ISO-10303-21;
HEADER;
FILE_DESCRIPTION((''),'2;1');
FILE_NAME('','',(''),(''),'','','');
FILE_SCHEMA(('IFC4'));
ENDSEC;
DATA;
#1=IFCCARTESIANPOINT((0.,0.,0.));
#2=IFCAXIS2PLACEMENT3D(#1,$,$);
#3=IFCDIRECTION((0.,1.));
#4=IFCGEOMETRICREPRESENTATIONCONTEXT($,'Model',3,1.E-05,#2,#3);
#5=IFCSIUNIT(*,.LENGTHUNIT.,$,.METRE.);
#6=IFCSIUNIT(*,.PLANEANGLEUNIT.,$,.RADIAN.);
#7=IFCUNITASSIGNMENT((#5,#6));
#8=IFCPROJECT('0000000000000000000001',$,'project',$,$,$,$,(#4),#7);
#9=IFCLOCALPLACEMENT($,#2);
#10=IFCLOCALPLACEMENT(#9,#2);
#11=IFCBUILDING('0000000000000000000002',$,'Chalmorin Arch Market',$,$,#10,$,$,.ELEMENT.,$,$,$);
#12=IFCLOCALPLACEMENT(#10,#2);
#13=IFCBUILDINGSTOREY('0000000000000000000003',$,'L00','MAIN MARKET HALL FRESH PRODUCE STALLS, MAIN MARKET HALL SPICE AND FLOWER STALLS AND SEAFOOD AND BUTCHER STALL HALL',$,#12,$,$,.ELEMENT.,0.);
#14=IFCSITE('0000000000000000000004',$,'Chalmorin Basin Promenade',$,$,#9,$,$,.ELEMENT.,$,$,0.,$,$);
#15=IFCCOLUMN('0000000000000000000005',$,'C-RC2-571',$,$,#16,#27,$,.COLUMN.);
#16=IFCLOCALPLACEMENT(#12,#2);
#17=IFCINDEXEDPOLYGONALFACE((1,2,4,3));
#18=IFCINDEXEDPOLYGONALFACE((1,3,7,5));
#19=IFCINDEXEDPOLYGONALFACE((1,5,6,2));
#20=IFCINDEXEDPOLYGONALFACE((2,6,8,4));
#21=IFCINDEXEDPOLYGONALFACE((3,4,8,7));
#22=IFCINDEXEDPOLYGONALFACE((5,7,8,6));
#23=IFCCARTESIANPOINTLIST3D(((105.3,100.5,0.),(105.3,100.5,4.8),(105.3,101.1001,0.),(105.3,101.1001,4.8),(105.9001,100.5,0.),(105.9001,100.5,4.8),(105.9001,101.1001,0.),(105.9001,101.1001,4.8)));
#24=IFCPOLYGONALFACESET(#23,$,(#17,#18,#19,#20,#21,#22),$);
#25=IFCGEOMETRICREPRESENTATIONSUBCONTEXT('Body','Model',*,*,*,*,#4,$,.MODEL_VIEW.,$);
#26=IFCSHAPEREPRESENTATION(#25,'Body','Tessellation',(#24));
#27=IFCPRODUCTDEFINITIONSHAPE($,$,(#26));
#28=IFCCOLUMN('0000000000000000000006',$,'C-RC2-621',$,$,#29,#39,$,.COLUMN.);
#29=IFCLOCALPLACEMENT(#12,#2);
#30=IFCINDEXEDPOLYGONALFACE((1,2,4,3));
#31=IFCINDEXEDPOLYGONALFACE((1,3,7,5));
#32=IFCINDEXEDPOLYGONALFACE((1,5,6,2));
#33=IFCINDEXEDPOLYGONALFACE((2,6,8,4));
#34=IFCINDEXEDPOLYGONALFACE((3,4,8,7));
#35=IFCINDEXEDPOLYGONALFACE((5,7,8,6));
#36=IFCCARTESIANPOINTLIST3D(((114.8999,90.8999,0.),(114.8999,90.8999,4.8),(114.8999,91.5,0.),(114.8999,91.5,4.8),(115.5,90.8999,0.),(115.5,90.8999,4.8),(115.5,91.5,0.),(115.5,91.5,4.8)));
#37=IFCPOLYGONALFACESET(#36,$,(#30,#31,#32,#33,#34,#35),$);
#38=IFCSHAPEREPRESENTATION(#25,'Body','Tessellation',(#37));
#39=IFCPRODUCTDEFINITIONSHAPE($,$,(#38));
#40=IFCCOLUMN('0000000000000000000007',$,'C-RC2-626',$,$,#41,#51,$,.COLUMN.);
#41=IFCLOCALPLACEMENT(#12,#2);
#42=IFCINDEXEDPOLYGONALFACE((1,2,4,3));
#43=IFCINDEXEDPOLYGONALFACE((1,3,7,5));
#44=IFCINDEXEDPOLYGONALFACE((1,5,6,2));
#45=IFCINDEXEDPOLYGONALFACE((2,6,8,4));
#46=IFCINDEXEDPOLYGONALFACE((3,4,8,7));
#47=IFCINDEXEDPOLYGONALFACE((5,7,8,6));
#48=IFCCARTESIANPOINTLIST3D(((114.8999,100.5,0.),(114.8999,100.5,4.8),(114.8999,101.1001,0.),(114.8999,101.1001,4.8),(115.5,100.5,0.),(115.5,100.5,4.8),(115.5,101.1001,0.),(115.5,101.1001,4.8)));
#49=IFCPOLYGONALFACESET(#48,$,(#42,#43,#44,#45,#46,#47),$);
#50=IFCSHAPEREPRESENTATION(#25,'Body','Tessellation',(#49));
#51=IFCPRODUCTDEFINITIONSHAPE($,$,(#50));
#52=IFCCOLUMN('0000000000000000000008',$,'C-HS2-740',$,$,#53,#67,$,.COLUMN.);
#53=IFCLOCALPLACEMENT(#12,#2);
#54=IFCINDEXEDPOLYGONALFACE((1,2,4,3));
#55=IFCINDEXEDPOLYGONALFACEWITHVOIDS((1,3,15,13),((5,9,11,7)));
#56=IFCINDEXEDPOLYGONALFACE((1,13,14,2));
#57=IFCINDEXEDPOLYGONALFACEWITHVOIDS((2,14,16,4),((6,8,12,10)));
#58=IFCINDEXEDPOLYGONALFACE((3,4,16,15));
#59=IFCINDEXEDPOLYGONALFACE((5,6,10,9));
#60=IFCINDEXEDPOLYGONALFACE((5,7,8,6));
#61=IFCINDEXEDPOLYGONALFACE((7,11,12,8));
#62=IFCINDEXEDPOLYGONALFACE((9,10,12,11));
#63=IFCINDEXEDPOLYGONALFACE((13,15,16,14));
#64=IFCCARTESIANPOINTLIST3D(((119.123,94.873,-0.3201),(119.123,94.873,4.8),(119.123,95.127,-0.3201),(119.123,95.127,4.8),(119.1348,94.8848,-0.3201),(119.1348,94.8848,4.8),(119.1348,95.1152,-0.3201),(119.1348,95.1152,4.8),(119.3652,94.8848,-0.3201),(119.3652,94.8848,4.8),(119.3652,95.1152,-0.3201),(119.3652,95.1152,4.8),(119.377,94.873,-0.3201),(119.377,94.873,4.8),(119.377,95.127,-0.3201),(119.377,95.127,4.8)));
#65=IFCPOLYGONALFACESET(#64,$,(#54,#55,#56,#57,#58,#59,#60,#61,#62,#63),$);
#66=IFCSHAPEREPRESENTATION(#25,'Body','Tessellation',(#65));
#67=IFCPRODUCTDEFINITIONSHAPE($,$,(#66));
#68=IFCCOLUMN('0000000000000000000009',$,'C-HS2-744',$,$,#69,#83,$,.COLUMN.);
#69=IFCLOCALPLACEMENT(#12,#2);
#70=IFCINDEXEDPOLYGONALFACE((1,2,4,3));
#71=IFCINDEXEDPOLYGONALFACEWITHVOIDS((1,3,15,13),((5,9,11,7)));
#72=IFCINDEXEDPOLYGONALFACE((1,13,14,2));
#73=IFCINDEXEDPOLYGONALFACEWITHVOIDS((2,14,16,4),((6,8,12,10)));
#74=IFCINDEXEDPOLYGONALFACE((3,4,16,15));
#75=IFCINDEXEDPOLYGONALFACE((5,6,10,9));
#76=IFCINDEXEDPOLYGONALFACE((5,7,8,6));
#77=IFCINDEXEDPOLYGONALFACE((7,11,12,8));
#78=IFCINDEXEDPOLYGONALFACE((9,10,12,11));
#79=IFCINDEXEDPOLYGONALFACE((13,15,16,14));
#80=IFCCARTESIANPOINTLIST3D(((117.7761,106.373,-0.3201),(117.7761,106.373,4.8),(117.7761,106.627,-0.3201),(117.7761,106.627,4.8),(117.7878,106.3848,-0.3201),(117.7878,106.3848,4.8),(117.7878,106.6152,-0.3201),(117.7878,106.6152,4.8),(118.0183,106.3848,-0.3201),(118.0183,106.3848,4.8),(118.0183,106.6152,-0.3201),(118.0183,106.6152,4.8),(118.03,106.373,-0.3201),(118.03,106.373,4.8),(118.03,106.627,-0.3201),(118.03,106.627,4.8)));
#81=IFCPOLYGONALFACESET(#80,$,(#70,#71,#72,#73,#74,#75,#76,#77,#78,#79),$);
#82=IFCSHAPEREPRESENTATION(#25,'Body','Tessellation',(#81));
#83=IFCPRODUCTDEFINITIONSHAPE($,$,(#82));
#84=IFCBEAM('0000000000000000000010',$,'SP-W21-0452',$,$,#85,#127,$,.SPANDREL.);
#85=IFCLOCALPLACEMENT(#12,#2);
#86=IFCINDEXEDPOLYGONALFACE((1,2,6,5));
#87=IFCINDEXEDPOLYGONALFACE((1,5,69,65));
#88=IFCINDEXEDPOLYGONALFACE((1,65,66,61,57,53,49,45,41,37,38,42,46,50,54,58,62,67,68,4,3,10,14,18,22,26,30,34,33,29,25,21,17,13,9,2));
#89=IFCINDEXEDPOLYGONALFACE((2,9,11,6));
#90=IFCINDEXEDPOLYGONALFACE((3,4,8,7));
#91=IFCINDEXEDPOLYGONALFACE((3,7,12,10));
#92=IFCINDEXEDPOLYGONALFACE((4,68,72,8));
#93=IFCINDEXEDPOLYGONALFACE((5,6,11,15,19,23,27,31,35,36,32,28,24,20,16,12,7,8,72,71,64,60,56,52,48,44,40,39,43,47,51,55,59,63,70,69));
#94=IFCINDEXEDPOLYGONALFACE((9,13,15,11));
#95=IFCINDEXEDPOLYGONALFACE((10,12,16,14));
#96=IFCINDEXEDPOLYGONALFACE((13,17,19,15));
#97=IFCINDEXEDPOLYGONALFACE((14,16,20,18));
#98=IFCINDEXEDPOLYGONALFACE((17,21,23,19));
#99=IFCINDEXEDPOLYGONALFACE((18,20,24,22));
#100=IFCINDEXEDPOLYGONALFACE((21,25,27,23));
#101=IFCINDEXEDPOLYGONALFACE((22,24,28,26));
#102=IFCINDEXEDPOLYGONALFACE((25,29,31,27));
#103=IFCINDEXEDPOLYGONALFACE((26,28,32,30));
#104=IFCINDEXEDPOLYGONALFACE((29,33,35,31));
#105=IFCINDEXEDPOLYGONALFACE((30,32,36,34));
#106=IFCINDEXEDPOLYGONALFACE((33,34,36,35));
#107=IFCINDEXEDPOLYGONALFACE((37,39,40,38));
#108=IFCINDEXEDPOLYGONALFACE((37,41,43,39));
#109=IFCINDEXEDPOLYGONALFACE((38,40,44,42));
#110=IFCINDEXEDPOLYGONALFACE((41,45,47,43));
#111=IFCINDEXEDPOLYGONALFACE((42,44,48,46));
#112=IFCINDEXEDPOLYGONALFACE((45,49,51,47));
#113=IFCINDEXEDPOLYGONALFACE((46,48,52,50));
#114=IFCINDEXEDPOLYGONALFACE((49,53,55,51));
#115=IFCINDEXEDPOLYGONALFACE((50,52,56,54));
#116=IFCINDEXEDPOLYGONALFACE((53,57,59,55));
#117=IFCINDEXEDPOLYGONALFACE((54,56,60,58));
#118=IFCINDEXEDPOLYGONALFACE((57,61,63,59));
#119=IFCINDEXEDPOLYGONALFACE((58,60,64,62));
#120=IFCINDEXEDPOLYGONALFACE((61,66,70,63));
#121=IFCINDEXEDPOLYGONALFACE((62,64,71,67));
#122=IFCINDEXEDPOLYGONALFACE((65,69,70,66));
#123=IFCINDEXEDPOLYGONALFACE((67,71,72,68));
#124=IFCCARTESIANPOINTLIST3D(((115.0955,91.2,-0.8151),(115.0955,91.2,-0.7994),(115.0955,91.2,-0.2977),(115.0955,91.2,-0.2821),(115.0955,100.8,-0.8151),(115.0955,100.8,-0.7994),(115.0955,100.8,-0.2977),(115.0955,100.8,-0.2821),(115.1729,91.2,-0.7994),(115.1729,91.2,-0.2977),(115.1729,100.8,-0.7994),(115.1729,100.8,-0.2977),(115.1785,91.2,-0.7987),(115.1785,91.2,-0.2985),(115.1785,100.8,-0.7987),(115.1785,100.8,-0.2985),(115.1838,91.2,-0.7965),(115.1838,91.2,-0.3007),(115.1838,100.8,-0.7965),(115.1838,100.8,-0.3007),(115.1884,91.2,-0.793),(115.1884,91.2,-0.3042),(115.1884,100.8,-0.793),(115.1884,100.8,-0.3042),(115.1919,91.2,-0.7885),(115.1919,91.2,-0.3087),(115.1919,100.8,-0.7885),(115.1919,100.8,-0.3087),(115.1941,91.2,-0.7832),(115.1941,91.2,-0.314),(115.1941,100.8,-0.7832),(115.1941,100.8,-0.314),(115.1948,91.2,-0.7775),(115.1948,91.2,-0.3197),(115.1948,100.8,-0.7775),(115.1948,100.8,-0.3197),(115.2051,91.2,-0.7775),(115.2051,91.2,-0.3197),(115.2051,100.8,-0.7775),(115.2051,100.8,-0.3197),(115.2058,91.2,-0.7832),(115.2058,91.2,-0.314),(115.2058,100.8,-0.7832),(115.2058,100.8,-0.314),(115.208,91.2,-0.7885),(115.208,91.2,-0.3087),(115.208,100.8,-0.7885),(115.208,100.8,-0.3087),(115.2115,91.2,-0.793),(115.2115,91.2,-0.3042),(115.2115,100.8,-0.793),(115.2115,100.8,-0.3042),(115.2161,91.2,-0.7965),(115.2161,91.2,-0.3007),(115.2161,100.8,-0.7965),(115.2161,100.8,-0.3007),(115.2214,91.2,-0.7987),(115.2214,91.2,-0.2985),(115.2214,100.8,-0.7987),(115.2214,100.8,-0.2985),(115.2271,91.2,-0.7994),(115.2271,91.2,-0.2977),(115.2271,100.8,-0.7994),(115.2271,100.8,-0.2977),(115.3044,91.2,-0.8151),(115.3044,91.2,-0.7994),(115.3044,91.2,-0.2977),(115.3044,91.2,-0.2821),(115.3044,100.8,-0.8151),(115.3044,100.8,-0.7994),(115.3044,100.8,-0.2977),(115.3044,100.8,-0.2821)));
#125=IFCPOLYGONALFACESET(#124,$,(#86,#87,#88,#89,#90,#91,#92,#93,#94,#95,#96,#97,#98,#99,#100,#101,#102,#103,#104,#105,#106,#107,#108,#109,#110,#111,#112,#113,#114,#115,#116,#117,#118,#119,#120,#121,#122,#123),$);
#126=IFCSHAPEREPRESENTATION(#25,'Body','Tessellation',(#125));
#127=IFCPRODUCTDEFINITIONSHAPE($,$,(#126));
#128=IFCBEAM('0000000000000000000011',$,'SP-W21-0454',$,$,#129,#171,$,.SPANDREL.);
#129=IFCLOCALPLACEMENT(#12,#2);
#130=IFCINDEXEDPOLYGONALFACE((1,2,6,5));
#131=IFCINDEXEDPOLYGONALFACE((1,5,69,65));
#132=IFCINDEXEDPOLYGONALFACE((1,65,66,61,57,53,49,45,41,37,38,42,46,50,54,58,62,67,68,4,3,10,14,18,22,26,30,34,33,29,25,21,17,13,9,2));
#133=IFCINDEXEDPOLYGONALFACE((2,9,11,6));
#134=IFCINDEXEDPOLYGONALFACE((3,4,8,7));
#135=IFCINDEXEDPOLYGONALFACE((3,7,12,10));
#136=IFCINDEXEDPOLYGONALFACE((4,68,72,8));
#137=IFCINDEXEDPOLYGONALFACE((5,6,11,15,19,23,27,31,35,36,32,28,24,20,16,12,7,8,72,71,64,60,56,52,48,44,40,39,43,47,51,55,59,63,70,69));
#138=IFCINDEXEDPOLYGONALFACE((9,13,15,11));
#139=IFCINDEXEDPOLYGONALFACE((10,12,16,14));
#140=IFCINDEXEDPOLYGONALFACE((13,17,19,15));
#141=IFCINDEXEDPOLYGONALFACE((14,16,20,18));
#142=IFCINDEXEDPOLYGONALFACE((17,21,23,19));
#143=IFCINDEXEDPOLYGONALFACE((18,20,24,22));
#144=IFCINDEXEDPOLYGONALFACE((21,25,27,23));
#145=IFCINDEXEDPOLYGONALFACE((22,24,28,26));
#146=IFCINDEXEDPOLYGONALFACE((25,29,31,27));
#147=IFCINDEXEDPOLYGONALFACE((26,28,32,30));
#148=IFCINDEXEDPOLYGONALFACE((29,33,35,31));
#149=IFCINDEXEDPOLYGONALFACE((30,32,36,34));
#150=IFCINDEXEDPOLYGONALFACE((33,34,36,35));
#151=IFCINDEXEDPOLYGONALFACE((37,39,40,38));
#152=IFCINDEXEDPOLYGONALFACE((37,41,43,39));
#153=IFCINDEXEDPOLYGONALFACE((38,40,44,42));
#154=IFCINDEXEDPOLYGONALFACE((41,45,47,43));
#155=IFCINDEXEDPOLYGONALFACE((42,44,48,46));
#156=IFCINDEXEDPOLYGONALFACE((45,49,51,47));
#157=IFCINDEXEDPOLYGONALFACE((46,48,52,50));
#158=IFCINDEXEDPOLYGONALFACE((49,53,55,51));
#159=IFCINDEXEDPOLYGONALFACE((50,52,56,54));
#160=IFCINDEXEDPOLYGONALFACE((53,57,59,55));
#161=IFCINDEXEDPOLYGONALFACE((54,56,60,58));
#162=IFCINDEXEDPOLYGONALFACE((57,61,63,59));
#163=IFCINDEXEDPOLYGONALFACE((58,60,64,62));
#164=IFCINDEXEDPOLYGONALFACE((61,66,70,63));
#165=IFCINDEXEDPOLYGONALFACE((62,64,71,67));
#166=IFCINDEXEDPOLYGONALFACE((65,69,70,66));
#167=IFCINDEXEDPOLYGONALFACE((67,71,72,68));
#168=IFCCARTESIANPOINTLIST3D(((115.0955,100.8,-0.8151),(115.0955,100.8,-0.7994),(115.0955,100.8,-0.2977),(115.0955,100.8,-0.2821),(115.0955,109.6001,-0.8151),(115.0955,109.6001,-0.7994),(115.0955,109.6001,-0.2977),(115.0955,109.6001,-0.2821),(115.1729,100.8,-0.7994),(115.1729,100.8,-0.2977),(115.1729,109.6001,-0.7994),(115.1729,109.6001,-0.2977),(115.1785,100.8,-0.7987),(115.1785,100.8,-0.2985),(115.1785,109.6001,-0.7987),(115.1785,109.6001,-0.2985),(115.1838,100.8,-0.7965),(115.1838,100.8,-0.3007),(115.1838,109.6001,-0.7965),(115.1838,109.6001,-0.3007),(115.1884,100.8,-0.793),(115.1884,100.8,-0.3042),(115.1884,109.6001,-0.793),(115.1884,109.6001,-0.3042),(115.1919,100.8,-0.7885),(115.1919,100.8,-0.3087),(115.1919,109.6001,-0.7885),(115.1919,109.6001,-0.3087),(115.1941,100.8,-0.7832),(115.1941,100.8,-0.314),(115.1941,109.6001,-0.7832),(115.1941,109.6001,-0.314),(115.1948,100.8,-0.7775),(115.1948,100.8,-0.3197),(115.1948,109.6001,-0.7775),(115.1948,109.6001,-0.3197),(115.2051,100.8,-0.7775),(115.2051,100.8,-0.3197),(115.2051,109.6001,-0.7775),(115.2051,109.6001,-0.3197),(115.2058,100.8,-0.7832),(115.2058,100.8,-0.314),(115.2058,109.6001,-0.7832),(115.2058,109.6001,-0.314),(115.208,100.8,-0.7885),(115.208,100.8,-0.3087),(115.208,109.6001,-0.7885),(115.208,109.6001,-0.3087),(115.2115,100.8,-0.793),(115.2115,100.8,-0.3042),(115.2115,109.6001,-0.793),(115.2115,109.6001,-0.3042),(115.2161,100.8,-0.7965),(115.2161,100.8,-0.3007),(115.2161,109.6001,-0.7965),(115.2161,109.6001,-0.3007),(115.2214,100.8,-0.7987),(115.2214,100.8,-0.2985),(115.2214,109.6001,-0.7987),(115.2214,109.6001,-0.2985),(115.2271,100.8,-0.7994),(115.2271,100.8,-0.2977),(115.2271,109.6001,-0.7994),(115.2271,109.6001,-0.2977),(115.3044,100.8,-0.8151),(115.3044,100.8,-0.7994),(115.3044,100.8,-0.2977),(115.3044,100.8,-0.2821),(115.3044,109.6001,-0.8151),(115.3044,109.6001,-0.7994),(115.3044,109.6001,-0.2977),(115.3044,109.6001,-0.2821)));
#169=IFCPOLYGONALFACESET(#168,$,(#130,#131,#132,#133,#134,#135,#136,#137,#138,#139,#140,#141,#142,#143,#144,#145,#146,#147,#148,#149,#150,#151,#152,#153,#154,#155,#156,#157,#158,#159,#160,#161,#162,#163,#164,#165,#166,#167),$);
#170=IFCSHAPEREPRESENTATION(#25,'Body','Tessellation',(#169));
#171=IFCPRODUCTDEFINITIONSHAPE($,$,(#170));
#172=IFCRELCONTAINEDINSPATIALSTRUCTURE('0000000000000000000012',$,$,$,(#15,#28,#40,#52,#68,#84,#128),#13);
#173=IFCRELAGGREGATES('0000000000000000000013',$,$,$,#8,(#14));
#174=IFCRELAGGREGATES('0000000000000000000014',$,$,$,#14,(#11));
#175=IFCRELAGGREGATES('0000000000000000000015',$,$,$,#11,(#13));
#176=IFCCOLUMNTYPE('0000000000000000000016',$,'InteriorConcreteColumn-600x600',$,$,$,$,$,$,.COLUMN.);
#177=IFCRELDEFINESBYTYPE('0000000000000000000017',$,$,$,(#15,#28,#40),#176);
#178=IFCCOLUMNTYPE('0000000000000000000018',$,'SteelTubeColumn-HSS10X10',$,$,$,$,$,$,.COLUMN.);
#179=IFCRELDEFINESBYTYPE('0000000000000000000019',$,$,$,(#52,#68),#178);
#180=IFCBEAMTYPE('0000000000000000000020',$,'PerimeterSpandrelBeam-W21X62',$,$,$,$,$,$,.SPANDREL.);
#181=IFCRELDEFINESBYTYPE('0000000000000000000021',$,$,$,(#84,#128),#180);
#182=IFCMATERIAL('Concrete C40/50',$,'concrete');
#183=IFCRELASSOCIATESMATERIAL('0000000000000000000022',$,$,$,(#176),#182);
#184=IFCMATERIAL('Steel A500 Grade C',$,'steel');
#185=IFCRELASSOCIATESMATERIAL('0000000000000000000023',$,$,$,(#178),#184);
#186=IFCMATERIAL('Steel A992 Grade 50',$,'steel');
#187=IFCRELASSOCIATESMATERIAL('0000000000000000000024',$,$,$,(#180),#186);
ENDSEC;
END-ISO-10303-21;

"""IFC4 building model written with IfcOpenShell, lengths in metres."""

from ifc_helpers import new_model, si_unit, direction, frame, origin, origin_2d, place, context, subcontext, project, spatial, rectangle, hollow_rectangle, i_section, extrude, material, material_profile, profile_set, type_object, element, save


model = new_model("IFC4")

# Units and contexts
model_context = context("Model", 3, precision=1e-05, world=origin(), true_north=direction((0.0, 1.0)))
body_context = subcontext(model_context, "Body", "Model", "MODEL_VIEW")
ifc_project = project(units=[si_unit("LENGTHUNIT", "METRE"), si_unit("PLANEANGLEUNIT", "RADIAN")], contexts=[model_context])

# Site, building, storey
site_placement = place(None, origin())
site = spatial("IfcSite", under=ifc_project, at=site_placement, Name="Chalmorin Basin Promenade", CompositionType="ELEMENT", RefElevation=0.0)
building_placement = place(site_placement, origin())
building = spatial("IfcBuilding", under=site, at=building_placement, Name="Chalmorin Arch Market", CompositionType="ELEMENT")
storey_placement = place(building_placement, origin())
storey = spatial("IfcBuildingStorey", under=building, at=storey_placement, Name="L00", Description="MAIN MARKET HALL FRESH PRODUCE STALLS, MAIN MARKET HALL SPICE AND FLOWER STALLS AND SEAFOOD AND BUTCHER STALL HALL", CompositionType="ELEMENT", Elevation=0.0)

# Columns
ifc_material_1 = material(Name="Concrete C40/50", Category="concrete")
ifc_material_profile_1 = material_profile(ifc_material_1, rectangle(XDim=0.6001, YDim=0.6001, at=origin_2d()), Name="RC600X600")
ifc_profile_set_1 = profile_set([ifc_material_profile_1], Name="Concrete C40/50")
column_type_1 = type_object("IfcColumnType", Name="InteriorConcreteColumn-600x600", PredefinedType="COLUMN", material=ifc_profile_set_1)
for number, where, z_axis, x_axis, name in (
    (1, (105.6001, 100.8, 0.0), (0.0, 0.0, 1.0), (1.0, 0.0, 0.0), "C-RC2-571"),
    (2, (115.2, 91.2, 0.0), (0.0, 0.0, 1.0), (1.0, 0.0, 0.0), "C-RC2-621"),
    (3, (115.2, 100.8, 0.0), (0.0, 0.0, 1.0), (1.0, 0.0, 0.0), "C-RC2-626"),
):
    element("IfcColumn", number, at=place(storey_placement, frame(where, z_axis=z_axis, x_axis=x_axis)), inside=storey, type_object=column_type_1, Name=name, PredefinedType="COLUMN", context=body_context, shape_type="SweptSolid", body=[
        extrude(rectangle(XDim=0.6001, YDim=0.6001, at=origin_2d()), origin(), (0.0, 0.0, 1.0), 4.8),
    ])
ifc_material_2 = material(Name="Steel A500 Grade C", Category="steel")
ifc_material_profile_2 = material_profile(ifc_material_2, hollow_rectangle(XDim=0.2539, YDim=0.2539, WallThickness=0.0117, at=origin_2d()), Name="HSS10X10X1/2")
ifc_profile_set_2 = profile_set([ifc_material_profile_2], Name="Steel A500 Grade C")
column_type_2 = type_object("IfcColumnType", Name="SteelTubeColumn-HSS10X10", PredefinedType="COLUMN", material=ifc_profile_set_2)
for number, where, z_axis, x_axis, name in (
    (4, (119.25, 95.0, -0.3201), (0.0, 0.0, 1.0), (1.0, 0.0, 0.0), "C-HS2-740"),
    (5, (117.9031, 106.5, -0.3201), (0.0, 0.0, 1.0), (1.0, 0.0, 0.0), "C-HS2-744"),
):
    element("IfcColumn", number, at=place(storey_placement, frame(where, z_axis=z_axis, x_axis=x_axis)), inside=storey, type_object=column_type_2, Name=name, PredefinedType="COLUMN", context=body_context, shape_type="SweptSolid", body=[
        extrude(hollow_rectangle(XDim=0.2539, YDim=0.2539, WallThickness=0.0117, at=origin_2d()), origin(), (0.0, 0.0, 1.0), 5.1201),
    ])

# Beams
ifc_material_3 = material(Name="Steel A992 Grade 50", Category="steel")
ifc_material_profile_3 = material_profile(ifc_material_3, i_section(OverallWidth=0.209, OverallDepth=0.533, WebThickness=0.0103, FlangeThickness=0.0156, FilletRadius=0.022, at=origin_2d()), Name="W21X62")
ifc_profile_set_3 = profile_set([ifc_material_profile_3], Name="Steel A992 Grade 50")
beam_type_1 = type_object("IfcBeamType", Name="PerimeterSpandrelBeam-W21X62", PredefinedType="SPANDREL", material=ifc_profile_set_3)
beam_1_placement = place(storey_placement, frame((115.2, 91.2, -0.5486), z_axis=(0.0, 1.0, 0.0), x_axis=(-1.0, 0.0, 0.0)))
element("IfcBeam", 6, at=beam_1_placement, inside=storey, type_object=beam_type_1, Name="SP-W21-0452", PredefinedType="SPANDREL", context=body_context, shape_type="SweptSolid", body=[
    extrude(i_section(OverallWidth=0.209, OverallDepth=0.533, WebThickness=0.0103, FlangeThickness=0.0156, FilletRadius=0.022, at=origin_2d()), origin(), (0.0, 0.0, 1.0), 9.6001),
])
beam_2_placement = place(storey_placement, frame((115.2, 100.8, -0.5486), z_axis=(0.0, 1.0, 0.0), x_axis=(-1.0, 0.0, 0.0)))
element("IfcBeam", 7, at=beam_2_placement, inside=storey, type_object=beam_type_1, Name="SP-W21-0454", PredefinedType="SPANDREL", context=body_context, shape_type="SweptSolid", body=[
    extrude(i_section(OverallWidth=0.209, OverallDepth=0.533, WebThickness=0.0103, FlangeThickness=0.0156, FilletRadius=0.022, at=origin_2d()), origin(), (0.0, 0.0, 1.0), 8.8),
])

save(model, "model.ifc")
